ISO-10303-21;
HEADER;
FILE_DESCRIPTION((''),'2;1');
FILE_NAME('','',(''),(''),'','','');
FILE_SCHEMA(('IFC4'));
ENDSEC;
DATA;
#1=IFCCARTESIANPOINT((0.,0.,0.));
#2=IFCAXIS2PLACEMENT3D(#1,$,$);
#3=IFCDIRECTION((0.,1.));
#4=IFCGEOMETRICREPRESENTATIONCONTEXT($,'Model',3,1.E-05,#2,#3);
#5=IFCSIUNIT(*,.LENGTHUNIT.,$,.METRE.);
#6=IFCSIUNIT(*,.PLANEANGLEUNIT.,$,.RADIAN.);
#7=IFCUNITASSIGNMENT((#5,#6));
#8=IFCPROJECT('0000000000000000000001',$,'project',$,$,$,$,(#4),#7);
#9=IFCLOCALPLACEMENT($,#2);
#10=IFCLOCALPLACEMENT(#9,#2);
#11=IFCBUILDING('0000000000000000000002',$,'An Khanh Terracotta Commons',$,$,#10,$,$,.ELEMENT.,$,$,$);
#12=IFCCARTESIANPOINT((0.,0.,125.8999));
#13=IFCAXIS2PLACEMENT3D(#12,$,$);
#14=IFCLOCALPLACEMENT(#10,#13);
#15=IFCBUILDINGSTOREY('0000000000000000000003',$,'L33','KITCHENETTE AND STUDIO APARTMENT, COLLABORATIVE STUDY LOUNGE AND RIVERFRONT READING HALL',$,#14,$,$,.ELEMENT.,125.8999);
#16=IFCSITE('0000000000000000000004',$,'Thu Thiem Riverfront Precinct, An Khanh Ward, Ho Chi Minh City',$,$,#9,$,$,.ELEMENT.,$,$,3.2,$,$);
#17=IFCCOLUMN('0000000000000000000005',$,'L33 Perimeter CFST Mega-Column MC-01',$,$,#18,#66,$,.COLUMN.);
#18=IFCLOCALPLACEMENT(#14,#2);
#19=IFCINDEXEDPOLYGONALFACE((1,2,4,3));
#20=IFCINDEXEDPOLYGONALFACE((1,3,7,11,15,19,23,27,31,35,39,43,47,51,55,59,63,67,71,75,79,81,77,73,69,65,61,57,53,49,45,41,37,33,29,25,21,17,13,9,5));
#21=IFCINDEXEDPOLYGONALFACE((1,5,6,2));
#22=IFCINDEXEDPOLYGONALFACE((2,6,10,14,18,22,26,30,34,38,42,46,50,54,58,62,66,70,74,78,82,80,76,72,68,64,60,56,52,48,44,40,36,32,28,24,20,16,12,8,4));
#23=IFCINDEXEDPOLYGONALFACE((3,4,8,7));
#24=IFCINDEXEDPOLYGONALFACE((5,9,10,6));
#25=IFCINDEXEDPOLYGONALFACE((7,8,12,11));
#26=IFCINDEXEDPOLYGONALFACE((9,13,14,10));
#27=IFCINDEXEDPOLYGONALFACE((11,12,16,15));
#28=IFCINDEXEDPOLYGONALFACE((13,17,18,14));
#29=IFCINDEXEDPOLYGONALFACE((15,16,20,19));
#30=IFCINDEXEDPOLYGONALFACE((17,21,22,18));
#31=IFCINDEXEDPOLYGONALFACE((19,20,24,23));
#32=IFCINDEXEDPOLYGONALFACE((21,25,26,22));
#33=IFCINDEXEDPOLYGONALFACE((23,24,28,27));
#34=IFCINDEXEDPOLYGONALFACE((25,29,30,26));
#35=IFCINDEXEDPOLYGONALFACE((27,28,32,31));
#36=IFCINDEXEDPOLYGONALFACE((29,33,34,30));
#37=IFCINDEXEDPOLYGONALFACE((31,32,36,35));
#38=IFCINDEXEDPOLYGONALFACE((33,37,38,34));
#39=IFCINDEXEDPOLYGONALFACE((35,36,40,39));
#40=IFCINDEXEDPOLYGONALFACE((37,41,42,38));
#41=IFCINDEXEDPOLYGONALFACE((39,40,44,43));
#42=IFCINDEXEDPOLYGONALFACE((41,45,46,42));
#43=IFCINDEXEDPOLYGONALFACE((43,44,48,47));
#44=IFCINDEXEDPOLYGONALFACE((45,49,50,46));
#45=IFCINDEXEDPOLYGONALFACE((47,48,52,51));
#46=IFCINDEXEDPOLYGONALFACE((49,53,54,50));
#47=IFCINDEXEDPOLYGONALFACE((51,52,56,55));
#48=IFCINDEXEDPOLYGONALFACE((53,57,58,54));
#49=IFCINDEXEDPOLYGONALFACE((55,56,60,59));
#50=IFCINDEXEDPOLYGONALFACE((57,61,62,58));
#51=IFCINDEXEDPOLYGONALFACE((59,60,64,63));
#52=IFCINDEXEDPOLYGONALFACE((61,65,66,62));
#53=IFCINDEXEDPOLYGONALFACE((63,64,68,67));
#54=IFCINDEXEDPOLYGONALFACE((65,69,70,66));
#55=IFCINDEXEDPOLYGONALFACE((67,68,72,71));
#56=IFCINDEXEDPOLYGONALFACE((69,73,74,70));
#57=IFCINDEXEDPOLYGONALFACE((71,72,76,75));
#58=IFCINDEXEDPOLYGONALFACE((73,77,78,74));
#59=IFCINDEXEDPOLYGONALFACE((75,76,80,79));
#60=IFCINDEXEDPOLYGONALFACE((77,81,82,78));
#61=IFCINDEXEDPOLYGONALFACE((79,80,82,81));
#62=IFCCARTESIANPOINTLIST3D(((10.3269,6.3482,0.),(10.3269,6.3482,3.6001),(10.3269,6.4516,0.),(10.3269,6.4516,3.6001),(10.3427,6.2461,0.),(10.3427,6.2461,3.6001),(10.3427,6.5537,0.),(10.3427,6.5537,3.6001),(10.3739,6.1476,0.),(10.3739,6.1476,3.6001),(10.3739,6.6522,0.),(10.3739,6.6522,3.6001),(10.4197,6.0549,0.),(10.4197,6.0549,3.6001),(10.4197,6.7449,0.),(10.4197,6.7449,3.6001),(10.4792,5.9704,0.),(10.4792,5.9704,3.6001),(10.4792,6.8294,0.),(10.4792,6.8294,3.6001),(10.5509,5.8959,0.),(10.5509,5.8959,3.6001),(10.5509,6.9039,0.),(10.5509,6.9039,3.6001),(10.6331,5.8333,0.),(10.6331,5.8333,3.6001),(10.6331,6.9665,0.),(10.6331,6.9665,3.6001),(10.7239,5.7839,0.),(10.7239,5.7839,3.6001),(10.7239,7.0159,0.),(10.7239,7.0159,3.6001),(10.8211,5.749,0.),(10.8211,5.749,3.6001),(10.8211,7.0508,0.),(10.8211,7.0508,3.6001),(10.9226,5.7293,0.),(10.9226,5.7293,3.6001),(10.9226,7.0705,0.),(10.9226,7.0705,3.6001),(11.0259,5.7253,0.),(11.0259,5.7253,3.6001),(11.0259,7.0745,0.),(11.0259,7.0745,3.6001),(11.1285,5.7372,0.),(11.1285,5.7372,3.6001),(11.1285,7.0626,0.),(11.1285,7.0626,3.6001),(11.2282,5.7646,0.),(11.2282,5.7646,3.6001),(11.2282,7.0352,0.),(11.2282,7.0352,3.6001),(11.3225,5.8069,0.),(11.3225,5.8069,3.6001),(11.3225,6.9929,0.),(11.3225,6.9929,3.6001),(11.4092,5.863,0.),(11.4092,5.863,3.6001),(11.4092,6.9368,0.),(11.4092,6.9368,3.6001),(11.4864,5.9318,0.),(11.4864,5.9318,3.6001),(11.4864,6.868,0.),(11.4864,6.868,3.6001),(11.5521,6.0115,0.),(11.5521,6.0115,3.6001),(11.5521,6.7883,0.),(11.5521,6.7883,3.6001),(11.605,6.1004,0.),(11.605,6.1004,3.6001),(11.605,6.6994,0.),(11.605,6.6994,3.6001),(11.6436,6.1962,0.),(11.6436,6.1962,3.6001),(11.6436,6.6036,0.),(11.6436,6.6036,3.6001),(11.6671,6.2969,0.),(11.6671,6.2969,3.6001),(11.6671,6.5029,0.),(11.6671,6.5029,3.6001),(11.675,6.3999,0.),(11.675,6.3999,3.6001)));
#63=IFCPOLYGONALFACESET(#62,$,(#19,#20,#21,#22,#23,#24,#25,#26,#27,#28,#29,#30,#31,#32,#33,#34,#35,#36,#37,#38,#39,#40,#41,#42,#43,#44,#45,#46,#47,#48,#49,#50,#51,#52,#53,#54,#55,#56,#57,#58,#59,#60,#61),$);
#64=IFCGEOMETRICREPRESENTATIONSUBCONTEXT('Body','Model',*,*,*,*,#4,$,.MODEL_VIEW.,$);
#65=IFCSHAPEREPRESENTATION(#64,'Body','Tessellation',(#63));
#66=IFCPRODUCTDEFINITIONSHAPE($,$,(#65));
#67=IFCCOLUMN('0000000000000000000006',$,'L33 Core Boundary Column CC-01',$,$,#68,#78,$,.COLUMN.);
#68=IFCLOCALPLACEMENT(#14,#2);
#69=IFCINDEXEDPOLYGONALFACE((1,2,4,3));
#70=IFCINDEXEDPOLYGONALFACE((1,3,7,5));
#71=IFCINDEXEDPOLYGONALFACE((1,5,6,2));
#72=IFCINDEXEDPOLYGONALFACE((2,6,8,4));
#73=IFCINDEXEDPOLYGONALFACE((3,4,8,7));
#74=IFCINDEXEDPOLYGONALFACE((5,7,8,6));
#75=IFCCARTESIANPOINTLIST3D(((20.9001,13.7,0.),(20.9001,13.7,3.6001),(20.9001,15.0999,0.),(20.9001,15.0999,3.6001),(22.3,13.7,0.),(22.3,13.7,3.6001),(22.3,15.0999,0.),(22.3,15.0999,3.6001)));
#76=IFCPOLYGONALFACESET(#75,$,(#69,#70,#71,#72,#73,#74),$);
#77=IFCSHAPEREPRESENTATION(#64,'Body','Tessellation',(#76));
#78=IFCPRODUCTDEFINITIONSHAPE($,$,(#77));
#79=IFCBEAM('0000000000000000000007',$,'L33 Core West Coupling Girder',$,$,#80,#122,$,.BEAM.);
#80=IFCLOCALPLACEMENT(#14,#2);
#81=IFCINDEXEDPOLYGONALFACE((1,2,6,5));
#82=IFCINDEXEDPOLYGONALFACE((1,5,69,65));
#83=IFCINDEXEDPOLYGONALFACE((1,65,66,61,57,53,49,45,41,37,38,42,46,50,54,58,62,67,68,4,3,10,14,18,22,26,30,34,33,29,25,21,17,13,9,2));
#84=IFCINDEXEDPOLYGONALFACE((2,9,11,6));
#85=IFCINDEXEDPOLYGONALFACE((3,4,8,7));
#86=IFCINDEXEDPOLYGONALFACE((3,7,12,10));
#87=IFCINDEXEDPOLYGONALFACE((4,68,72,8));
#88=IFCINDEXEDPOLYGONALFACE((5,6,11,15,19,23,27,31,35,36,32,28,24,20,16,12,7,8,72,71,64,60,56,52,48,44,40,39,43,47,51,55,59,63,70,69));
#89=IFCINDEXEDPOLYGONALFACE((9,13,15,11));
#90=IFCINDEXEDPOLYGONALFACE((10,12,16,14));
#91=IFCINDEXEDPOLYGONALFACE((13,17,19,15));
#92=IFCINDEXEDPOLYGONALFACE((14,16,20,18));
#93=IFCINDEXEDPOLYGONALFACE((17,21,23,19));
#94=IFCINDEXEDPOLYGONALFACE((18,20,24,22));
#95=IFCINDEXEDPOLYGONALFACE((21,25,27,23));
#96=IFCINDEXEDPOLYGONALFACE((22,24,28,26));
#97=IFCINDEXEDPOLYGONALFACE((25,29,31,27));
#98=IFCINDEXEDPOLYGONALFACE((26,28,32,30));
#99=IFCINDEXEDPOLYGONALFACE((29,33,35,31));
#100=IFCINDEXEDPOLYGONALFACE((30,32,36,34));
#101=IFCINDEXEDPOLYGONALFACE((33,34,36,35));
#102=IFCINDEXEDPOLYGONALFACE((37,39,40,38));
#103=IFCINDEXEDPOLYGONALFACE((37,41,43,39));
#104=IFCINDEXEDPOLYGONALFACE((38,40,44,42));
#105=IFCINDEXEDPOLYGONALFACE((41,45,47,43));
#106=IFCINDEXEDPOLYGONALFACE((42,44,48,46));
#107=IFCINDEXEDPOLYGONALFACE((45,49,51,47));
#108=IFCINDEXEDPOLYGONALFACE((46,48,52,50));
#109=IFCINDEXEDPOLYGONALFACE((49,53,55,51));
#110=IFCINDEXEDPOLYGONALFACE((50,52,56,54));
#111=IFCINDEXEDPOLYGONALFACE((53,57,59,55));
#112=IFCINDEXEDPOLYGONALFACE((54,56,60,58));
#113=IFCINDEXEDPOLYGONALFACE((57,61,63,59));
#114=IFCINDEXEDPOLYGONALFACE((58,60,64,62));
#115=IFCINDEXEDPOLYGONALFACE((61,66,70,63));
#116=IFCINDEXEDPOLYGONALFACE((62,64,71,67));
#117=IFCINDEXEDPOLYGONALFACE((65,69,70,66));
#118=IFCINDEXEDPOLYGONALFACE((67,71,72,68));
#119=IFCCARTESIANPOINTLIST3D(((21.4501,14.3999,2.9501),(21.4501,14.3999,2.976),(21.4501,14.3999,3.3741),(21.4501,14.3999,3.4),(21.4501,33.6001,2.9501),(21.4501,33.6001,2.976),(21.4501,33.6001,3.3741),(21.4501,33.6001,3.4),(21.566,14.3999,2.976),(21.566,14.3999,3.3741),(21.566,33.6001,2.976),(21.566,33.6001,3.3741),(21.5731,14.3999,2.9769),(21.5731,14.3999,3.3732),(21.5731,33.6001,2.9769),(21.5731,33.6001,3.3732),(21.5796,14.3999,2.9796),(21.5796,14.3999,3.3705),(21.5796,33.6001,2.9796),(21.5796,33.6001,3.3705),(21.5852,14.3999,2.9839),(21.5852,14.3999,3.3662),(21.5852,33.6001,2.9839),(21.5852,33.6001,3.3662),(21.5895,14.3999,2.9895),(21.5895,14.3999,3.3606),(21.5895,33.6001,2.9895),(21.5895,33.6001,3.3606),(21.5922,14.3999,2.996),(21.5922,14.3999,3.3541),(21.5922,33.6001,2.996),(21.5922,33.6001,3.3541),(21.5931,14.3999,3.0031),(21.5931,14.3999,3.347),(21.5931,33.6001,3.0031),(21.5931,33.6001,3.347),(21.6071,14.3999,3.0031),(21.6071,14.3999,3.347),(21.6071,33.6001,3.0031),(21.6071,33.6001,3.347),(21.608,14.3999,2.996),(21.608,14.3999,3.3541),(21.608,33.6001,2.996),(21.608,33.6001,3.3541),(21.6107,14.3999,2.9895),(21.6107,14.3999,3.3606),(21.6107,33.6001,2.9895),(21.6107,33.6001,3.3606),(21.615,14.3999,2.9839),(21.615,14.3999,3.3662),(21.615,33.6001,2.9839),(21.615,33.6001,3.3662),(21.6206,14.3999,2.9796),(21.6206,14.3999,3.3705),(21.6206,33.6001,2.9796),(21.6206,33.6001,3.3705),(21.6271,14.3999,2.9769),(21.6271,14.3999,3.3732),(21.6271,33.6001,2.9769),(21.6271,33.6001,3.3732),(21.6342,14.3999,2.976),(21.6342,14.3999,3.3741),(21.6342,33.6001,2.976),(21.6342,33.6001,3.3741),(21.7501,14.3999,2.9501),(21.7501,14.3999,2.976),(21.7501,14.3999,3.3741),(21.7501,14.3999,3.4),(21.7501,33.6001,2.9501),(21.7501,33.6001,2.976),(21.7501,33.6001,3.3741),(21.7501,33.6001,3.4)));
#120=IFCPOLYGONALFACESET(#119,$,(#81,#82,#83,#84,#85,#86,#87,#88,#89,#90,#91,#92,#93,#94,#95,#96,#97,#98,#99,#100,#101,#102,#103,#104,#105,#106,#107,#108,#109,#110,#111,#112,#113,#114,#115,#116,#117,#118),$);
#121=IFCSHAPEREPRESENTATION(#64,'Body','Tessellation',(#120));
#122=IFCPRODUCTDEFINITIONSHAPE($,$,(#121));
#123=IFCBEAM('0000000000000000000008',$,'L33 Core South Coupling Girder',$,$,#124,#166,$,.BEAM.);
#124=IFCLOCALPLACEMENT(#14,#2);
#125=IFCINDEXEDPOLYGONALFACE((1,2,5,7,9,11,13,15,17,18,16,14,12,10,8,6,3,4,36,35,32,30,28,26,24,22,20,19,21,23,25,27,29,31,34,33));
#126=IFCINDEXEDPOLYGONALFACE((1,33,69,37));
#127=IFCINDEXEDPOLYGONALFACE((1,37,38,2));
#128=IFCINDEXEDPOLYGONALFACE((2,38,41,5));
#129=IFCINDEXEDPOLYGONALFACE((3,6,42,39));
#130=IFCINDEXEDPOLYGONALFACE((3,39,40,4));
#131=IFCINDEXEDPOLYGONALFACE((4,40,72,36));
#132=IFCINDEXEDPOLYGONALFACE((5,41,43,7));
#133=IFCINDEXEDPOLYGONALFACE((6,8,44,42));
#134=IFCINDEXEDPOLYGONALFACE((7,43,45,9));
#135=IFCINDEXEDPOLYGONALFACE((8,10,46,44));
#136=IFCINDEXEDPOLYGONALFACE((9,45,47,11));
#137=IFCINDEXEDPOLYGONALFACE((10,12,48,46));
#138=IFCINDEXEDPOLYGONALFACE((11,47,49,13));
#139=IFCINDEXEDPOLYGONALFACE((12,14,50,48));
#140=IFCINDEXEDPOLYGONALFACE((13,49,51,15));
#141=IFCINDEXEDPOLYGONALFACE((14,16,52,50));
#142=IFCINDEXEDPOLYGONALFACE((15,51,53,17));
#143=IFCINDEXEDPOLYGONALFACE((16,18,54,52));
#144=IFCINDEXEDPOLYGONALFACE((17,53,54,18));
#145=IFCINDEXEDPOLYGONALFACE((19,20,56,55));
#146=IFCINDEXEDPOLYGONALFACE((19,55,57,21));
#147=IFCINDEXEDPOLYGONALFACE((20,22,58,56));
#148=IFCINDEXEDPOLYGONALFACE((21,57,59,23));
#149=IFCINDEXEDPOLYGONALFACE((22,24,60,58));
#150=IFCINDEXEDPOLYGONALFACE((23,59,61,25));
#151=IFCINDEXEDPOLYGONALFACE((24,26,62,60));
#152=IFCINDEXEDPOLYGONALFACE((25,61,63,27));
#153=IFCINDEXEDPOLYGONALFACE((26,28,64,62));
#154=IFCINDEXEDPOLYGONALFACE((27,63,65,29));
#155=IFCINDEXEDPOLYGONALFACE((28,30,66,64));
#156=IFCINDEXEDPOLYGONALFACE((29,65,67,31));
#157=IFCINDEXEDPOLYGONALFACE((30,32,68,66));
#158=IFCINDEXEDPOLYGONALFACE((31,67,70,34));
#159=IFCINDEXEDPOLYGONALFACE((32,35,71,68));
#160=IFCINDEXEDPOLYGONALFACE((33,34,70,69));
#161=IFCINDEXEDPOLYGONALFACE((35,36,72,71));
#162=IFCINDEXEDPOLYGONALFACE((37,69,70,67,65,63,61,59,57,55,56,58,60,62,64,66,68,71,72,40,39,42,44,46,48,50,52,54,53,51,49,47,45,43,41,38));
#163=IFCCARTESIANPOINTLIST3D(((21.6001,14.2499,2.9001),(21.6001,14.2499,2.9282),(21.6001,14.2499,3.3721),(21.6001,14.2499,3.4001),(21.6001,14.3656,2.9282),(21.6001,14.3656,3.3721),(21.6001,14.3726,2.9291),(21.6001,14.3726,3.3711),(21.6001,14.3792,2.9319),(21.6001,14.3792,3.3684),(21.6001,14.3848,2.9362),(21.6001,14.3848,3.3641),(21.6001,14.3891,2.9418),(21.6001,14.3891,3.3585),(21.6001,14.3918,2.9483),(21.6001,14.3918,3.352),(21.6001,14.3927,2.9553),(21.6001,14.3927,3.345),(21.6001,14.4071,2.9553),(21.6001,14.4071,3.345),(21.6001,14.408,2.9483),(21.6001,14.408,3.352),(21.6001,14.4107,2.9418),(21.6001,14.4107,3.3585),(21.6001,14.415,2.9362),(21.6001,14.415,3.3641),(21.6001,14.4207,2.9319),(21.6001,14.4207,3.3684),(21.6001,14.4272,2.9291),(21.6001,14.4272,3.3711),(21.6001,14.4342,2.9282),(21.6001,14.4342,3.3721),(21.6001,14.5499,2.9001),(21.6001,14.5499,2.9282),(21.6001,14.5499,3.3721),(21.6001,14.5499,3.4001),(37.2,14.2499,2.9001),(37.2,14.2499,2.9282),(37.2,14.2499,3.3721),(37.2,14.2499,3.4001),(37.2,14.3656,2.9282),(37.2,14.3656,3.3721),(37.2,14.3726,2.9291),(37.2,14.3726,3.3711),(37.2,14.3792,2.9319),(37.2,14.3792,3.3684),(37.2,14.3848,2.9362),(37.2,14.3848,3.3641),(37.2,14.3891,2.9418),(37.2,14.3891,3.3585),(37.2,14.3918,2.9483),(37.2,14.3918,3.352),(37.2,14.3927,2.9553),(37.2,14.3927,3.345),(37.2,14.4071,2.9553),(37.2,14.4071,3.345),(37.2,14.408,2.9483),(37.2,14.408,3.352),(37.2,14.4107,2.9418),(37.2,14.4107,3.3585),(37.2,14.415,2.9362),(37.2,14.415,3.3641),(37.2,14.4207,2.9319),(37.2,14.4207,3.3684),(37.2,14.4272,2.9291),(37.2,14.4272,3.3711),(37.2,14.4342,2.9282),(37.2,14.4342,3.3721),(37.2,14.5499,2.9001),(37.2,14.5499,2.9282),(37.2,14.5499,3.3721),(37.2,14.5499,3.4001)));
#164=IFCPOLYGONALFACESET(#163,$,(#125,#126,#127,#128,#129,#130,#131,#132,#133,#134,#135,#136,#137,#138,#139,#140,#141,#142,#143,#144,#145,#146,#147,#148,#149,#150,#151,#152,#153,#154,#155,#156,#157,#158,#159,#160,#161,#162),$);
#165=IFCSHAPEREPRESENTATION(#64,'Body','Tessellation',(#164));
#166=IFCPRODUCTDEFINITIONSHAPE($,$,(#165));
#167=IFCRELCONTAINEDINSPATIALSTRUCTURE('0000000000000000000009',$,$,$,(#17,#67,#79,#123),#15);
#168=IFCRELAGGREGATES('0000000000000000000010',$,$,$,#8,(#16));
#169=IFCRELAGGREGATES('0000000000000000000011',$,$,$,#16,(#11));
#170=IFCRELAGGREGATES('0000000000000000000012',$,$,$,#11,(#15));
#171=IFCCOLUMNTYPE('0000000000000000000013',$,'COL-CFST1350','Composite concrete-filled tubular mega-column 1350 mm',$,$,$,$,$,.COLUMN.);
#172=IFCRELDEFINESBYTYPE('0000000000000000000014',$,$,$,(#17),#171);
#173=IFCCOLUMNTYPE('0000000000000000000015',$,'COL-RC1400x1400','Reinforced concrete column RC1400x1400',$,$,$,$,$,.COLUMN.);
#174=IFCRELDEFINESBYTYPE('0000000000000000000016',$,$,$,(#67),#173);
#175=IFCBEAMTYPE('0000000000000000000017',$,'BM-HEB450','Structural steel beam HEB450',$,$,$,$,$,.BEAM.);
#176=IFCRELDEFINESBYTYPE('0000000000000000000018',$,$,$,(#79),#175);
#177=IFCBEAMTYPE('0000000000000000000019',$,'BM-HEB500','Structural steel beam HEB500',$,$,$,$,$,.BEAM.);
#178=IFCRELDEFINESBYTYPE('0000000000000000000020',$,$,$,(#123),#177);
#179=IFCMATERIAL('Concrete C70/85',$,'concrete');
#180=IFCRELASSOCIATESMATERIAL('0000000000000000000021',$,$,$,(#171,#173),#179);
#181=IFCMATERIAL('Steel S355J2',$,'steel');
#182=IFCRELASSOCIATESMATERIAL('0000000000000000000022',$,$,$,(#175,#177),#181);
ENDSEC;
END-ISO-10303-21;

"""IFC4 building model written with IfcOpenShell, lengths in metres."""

from ifc_helpers import new_model, si_unit, direction, frame, origin, origin_2d, place, context, subcontext, project, spatial, rectangle, circle, i_section, extrude, material, material_profile, profile_set, type_object, element, save


model = new_model("IFC4")

# Units and contexts
model_context = context("Model", 3, precision=1e-05, world=origin(), true_north=direction((0.0, 1.0)))
body_context = subcontext(model_context, "Body", "Model", "MODEL_VIEW")
ifc_project = project(units=[si_unit("LENGTHUNIT", "METRE"), si_unit("PLANEANGLEUNIT", "RADIAN")], contexts=[model_context])

# Site, building, storey
site_placement = place(None, origin())
site = spatial("IfcSite", under=ifc_project, at=site_placement, Name="Thu Thiem Riverfront Precinct, An Khanh Ward, Ho Chi Minh City", CompositionType="ELEMENT", RefElevation=3.2)
building_placement = place(site_placement, origin())
building = spatial("IfcBuilding", under=site, at=building_placement, Name="An Khanh Terracotta Commons", CompositionType="ELEMENT")
storey_placement = place(building_placement, frame((0.0, 0.0, 125.8999)))
storey = spatial("IfcBuildingStorey", under=building, at=storey_placement, Name="L33", Description="KITCHENETTE AND STUDIO APARTMENT, COLLABORATIVE STUDY LOUNGE AND RIVERFRONT READING HALL", CompositionType="ELEMENT", Elevation=125.8999)

# Columns
ifc_material_1 = material(Name="Concrete C70/85", Category="concrete")
ifc_material_profile_1 = material_profile(ifc_material_1, circle(Radius=0.675, at=origin_2d()), Name="CFST1350")
ifc_profile_set_1 = profile_set([ifc_material_profile_1], Name="Concrete C70/85")
column_type_1 = type_object("IfcColumnType", Name="COL-CFST1350", Description="Composite concrete-filled tubular mega-column 1350 mm", PredefinedType="COLUMN", material=ifc_profile_set_1)
column_1_placement = place(storey_placement, frame((11.0, 6.3999, 0.0), z_axis=(0.0, 0.0, 1.0), x_axis=(1.0, 0.0, 0.0)))
element("IfcColumn", 1, at=column_1_placement, inside=storey, type_object=column_type_1, Name="L33 Perimeter CFST Mega-Column MC-01", PredefinedType="COLUMN", context=body_context, shape_type="SweptSolid", body=[
    extrude(circle(Radius=0.675, at=origin_2d()), origin(), (0.0, 0.0, 1.0), 3.6001),
])
ifc_material_profile_2 = material_profile(ifc_material_1, rectangle(XDim=1.3999, YDim=1.3999, at=origin_2d()), Name="RC1400x1400")
ifc_profile_set_2 = profile_set([ifc_material_profile_2], Name="Concrete C70/85")
column_type_2 = type_object("IfcColumnType", Name="COL-RC1400x1400", Description="Reinforced concrete column RC1400x1400", PredefinedType="COLUMN", material=ifc_profile_set_2)
column_2_placement = place(storey_placement, frame((21.6001, 14.3999, 0.0), z_axis=(0.0, 0.0, 1.0), x_axis=(1.0, 0.0, 0.0)))
element("IfcColumn", 2, at=column_2_placement, inside=storey, type_object=column_type_2, Name="L33 Core Boundary Column CC-01", PredefinedType="COLUMN", context=body_context, shape_type="SweptSolid", body=[
    extrude(rectangle(XDim=1.3999, YDim=1.3999, at=origin_2d()), origin(), (0.0, 0.0, 1.0), 3.6001),
])

# Beams
ifc_material_2 = material(Name="Steel S355J2", Category="steel")
ifc_material_profile_3 = material_profile(ifc_material_2, i_section(OverallWidth=0.3, OverallDepth=0.45, WebThickness=0.0139, FlangeThickness=0.0259, FilletRadius=0.0271, at=origin_2d()), Name="HEB450")
ifc_profile_set_3 = profile_set([ifc_material_profile_3], Name="Steel S355J2")
beam_type_1 = type_object("IfcBeamType", Name="BM-HEB450", Description="Structural steel beam HEB450", PredefinedType="BEAM", material=ifc_profile_set_3)
beam_1_placement = place(storey_placement, frame((21.6001, 14.3999, 3.175), z_axis=(0.0, 1.0, 0.0), x_axis=(-1.0, 0.0, 0.0)))
element("IfcBeam", 3, at=beam_1_placement, inside=storey, type_object=beam_type_1, Name="L33 Core West Coupling Girder", PredefinedType="BEAM", context=body_context, shape_type="SweptSolid", body=[
    extrude(i_section(OverallWidth=0.3, OverallDepth=0.45, WebThickness=0.0139, FlangeThickness=0.0259, FilletRadius=0.0271, at=origin_2d()), origin(), (0.0, 0.0, 1.0), 19.2002),
])
ifc_material_profile_4 = material_profile(ifc_material_2, i_section(OverallWidth=0.3, OverallDepth=0.5, WebThickness=0.0144, FlangeThickness=0.0281, FilletRadius=0.0271, at=origin_2d()), Name="HEB500")
ifc_profile_set_4 = profile_set([ifc_material_profile_4], Name="Steel S355J2")
beam_type_2 = type_object("IfcBeamType", Name="BM-HEB500", Description="Structural steel beam HEB500", PredefinedType="BEAM", material=ifc_profile_set_4)
beam_2_placement = place(storey_placement, frame((21.6001, 14.3999, 3.1501), z_axis=(1.0, 0.0, 0.0), x_axis=(0.0, 1.0, 0.0)))
element("IfcBeam", 4, at=beam_2_placement, inside=storey, type_object=beam_type_2, Name="L33 Core South Coupling Girder", PredefinedType="BEAM", context=body_context, shape_type="SweptSolid", body=[
    extrude(i_section(OverallWidth=0.3, OverallDepth=0.5, WebThickness=0.0144, FlangeThickness=0.0281, FilletRadius=0.0271, at=origin_2d()), origin(), (0.0, 0.0, 1.0), 15.5999),
])

save(model, "model.ifc")
